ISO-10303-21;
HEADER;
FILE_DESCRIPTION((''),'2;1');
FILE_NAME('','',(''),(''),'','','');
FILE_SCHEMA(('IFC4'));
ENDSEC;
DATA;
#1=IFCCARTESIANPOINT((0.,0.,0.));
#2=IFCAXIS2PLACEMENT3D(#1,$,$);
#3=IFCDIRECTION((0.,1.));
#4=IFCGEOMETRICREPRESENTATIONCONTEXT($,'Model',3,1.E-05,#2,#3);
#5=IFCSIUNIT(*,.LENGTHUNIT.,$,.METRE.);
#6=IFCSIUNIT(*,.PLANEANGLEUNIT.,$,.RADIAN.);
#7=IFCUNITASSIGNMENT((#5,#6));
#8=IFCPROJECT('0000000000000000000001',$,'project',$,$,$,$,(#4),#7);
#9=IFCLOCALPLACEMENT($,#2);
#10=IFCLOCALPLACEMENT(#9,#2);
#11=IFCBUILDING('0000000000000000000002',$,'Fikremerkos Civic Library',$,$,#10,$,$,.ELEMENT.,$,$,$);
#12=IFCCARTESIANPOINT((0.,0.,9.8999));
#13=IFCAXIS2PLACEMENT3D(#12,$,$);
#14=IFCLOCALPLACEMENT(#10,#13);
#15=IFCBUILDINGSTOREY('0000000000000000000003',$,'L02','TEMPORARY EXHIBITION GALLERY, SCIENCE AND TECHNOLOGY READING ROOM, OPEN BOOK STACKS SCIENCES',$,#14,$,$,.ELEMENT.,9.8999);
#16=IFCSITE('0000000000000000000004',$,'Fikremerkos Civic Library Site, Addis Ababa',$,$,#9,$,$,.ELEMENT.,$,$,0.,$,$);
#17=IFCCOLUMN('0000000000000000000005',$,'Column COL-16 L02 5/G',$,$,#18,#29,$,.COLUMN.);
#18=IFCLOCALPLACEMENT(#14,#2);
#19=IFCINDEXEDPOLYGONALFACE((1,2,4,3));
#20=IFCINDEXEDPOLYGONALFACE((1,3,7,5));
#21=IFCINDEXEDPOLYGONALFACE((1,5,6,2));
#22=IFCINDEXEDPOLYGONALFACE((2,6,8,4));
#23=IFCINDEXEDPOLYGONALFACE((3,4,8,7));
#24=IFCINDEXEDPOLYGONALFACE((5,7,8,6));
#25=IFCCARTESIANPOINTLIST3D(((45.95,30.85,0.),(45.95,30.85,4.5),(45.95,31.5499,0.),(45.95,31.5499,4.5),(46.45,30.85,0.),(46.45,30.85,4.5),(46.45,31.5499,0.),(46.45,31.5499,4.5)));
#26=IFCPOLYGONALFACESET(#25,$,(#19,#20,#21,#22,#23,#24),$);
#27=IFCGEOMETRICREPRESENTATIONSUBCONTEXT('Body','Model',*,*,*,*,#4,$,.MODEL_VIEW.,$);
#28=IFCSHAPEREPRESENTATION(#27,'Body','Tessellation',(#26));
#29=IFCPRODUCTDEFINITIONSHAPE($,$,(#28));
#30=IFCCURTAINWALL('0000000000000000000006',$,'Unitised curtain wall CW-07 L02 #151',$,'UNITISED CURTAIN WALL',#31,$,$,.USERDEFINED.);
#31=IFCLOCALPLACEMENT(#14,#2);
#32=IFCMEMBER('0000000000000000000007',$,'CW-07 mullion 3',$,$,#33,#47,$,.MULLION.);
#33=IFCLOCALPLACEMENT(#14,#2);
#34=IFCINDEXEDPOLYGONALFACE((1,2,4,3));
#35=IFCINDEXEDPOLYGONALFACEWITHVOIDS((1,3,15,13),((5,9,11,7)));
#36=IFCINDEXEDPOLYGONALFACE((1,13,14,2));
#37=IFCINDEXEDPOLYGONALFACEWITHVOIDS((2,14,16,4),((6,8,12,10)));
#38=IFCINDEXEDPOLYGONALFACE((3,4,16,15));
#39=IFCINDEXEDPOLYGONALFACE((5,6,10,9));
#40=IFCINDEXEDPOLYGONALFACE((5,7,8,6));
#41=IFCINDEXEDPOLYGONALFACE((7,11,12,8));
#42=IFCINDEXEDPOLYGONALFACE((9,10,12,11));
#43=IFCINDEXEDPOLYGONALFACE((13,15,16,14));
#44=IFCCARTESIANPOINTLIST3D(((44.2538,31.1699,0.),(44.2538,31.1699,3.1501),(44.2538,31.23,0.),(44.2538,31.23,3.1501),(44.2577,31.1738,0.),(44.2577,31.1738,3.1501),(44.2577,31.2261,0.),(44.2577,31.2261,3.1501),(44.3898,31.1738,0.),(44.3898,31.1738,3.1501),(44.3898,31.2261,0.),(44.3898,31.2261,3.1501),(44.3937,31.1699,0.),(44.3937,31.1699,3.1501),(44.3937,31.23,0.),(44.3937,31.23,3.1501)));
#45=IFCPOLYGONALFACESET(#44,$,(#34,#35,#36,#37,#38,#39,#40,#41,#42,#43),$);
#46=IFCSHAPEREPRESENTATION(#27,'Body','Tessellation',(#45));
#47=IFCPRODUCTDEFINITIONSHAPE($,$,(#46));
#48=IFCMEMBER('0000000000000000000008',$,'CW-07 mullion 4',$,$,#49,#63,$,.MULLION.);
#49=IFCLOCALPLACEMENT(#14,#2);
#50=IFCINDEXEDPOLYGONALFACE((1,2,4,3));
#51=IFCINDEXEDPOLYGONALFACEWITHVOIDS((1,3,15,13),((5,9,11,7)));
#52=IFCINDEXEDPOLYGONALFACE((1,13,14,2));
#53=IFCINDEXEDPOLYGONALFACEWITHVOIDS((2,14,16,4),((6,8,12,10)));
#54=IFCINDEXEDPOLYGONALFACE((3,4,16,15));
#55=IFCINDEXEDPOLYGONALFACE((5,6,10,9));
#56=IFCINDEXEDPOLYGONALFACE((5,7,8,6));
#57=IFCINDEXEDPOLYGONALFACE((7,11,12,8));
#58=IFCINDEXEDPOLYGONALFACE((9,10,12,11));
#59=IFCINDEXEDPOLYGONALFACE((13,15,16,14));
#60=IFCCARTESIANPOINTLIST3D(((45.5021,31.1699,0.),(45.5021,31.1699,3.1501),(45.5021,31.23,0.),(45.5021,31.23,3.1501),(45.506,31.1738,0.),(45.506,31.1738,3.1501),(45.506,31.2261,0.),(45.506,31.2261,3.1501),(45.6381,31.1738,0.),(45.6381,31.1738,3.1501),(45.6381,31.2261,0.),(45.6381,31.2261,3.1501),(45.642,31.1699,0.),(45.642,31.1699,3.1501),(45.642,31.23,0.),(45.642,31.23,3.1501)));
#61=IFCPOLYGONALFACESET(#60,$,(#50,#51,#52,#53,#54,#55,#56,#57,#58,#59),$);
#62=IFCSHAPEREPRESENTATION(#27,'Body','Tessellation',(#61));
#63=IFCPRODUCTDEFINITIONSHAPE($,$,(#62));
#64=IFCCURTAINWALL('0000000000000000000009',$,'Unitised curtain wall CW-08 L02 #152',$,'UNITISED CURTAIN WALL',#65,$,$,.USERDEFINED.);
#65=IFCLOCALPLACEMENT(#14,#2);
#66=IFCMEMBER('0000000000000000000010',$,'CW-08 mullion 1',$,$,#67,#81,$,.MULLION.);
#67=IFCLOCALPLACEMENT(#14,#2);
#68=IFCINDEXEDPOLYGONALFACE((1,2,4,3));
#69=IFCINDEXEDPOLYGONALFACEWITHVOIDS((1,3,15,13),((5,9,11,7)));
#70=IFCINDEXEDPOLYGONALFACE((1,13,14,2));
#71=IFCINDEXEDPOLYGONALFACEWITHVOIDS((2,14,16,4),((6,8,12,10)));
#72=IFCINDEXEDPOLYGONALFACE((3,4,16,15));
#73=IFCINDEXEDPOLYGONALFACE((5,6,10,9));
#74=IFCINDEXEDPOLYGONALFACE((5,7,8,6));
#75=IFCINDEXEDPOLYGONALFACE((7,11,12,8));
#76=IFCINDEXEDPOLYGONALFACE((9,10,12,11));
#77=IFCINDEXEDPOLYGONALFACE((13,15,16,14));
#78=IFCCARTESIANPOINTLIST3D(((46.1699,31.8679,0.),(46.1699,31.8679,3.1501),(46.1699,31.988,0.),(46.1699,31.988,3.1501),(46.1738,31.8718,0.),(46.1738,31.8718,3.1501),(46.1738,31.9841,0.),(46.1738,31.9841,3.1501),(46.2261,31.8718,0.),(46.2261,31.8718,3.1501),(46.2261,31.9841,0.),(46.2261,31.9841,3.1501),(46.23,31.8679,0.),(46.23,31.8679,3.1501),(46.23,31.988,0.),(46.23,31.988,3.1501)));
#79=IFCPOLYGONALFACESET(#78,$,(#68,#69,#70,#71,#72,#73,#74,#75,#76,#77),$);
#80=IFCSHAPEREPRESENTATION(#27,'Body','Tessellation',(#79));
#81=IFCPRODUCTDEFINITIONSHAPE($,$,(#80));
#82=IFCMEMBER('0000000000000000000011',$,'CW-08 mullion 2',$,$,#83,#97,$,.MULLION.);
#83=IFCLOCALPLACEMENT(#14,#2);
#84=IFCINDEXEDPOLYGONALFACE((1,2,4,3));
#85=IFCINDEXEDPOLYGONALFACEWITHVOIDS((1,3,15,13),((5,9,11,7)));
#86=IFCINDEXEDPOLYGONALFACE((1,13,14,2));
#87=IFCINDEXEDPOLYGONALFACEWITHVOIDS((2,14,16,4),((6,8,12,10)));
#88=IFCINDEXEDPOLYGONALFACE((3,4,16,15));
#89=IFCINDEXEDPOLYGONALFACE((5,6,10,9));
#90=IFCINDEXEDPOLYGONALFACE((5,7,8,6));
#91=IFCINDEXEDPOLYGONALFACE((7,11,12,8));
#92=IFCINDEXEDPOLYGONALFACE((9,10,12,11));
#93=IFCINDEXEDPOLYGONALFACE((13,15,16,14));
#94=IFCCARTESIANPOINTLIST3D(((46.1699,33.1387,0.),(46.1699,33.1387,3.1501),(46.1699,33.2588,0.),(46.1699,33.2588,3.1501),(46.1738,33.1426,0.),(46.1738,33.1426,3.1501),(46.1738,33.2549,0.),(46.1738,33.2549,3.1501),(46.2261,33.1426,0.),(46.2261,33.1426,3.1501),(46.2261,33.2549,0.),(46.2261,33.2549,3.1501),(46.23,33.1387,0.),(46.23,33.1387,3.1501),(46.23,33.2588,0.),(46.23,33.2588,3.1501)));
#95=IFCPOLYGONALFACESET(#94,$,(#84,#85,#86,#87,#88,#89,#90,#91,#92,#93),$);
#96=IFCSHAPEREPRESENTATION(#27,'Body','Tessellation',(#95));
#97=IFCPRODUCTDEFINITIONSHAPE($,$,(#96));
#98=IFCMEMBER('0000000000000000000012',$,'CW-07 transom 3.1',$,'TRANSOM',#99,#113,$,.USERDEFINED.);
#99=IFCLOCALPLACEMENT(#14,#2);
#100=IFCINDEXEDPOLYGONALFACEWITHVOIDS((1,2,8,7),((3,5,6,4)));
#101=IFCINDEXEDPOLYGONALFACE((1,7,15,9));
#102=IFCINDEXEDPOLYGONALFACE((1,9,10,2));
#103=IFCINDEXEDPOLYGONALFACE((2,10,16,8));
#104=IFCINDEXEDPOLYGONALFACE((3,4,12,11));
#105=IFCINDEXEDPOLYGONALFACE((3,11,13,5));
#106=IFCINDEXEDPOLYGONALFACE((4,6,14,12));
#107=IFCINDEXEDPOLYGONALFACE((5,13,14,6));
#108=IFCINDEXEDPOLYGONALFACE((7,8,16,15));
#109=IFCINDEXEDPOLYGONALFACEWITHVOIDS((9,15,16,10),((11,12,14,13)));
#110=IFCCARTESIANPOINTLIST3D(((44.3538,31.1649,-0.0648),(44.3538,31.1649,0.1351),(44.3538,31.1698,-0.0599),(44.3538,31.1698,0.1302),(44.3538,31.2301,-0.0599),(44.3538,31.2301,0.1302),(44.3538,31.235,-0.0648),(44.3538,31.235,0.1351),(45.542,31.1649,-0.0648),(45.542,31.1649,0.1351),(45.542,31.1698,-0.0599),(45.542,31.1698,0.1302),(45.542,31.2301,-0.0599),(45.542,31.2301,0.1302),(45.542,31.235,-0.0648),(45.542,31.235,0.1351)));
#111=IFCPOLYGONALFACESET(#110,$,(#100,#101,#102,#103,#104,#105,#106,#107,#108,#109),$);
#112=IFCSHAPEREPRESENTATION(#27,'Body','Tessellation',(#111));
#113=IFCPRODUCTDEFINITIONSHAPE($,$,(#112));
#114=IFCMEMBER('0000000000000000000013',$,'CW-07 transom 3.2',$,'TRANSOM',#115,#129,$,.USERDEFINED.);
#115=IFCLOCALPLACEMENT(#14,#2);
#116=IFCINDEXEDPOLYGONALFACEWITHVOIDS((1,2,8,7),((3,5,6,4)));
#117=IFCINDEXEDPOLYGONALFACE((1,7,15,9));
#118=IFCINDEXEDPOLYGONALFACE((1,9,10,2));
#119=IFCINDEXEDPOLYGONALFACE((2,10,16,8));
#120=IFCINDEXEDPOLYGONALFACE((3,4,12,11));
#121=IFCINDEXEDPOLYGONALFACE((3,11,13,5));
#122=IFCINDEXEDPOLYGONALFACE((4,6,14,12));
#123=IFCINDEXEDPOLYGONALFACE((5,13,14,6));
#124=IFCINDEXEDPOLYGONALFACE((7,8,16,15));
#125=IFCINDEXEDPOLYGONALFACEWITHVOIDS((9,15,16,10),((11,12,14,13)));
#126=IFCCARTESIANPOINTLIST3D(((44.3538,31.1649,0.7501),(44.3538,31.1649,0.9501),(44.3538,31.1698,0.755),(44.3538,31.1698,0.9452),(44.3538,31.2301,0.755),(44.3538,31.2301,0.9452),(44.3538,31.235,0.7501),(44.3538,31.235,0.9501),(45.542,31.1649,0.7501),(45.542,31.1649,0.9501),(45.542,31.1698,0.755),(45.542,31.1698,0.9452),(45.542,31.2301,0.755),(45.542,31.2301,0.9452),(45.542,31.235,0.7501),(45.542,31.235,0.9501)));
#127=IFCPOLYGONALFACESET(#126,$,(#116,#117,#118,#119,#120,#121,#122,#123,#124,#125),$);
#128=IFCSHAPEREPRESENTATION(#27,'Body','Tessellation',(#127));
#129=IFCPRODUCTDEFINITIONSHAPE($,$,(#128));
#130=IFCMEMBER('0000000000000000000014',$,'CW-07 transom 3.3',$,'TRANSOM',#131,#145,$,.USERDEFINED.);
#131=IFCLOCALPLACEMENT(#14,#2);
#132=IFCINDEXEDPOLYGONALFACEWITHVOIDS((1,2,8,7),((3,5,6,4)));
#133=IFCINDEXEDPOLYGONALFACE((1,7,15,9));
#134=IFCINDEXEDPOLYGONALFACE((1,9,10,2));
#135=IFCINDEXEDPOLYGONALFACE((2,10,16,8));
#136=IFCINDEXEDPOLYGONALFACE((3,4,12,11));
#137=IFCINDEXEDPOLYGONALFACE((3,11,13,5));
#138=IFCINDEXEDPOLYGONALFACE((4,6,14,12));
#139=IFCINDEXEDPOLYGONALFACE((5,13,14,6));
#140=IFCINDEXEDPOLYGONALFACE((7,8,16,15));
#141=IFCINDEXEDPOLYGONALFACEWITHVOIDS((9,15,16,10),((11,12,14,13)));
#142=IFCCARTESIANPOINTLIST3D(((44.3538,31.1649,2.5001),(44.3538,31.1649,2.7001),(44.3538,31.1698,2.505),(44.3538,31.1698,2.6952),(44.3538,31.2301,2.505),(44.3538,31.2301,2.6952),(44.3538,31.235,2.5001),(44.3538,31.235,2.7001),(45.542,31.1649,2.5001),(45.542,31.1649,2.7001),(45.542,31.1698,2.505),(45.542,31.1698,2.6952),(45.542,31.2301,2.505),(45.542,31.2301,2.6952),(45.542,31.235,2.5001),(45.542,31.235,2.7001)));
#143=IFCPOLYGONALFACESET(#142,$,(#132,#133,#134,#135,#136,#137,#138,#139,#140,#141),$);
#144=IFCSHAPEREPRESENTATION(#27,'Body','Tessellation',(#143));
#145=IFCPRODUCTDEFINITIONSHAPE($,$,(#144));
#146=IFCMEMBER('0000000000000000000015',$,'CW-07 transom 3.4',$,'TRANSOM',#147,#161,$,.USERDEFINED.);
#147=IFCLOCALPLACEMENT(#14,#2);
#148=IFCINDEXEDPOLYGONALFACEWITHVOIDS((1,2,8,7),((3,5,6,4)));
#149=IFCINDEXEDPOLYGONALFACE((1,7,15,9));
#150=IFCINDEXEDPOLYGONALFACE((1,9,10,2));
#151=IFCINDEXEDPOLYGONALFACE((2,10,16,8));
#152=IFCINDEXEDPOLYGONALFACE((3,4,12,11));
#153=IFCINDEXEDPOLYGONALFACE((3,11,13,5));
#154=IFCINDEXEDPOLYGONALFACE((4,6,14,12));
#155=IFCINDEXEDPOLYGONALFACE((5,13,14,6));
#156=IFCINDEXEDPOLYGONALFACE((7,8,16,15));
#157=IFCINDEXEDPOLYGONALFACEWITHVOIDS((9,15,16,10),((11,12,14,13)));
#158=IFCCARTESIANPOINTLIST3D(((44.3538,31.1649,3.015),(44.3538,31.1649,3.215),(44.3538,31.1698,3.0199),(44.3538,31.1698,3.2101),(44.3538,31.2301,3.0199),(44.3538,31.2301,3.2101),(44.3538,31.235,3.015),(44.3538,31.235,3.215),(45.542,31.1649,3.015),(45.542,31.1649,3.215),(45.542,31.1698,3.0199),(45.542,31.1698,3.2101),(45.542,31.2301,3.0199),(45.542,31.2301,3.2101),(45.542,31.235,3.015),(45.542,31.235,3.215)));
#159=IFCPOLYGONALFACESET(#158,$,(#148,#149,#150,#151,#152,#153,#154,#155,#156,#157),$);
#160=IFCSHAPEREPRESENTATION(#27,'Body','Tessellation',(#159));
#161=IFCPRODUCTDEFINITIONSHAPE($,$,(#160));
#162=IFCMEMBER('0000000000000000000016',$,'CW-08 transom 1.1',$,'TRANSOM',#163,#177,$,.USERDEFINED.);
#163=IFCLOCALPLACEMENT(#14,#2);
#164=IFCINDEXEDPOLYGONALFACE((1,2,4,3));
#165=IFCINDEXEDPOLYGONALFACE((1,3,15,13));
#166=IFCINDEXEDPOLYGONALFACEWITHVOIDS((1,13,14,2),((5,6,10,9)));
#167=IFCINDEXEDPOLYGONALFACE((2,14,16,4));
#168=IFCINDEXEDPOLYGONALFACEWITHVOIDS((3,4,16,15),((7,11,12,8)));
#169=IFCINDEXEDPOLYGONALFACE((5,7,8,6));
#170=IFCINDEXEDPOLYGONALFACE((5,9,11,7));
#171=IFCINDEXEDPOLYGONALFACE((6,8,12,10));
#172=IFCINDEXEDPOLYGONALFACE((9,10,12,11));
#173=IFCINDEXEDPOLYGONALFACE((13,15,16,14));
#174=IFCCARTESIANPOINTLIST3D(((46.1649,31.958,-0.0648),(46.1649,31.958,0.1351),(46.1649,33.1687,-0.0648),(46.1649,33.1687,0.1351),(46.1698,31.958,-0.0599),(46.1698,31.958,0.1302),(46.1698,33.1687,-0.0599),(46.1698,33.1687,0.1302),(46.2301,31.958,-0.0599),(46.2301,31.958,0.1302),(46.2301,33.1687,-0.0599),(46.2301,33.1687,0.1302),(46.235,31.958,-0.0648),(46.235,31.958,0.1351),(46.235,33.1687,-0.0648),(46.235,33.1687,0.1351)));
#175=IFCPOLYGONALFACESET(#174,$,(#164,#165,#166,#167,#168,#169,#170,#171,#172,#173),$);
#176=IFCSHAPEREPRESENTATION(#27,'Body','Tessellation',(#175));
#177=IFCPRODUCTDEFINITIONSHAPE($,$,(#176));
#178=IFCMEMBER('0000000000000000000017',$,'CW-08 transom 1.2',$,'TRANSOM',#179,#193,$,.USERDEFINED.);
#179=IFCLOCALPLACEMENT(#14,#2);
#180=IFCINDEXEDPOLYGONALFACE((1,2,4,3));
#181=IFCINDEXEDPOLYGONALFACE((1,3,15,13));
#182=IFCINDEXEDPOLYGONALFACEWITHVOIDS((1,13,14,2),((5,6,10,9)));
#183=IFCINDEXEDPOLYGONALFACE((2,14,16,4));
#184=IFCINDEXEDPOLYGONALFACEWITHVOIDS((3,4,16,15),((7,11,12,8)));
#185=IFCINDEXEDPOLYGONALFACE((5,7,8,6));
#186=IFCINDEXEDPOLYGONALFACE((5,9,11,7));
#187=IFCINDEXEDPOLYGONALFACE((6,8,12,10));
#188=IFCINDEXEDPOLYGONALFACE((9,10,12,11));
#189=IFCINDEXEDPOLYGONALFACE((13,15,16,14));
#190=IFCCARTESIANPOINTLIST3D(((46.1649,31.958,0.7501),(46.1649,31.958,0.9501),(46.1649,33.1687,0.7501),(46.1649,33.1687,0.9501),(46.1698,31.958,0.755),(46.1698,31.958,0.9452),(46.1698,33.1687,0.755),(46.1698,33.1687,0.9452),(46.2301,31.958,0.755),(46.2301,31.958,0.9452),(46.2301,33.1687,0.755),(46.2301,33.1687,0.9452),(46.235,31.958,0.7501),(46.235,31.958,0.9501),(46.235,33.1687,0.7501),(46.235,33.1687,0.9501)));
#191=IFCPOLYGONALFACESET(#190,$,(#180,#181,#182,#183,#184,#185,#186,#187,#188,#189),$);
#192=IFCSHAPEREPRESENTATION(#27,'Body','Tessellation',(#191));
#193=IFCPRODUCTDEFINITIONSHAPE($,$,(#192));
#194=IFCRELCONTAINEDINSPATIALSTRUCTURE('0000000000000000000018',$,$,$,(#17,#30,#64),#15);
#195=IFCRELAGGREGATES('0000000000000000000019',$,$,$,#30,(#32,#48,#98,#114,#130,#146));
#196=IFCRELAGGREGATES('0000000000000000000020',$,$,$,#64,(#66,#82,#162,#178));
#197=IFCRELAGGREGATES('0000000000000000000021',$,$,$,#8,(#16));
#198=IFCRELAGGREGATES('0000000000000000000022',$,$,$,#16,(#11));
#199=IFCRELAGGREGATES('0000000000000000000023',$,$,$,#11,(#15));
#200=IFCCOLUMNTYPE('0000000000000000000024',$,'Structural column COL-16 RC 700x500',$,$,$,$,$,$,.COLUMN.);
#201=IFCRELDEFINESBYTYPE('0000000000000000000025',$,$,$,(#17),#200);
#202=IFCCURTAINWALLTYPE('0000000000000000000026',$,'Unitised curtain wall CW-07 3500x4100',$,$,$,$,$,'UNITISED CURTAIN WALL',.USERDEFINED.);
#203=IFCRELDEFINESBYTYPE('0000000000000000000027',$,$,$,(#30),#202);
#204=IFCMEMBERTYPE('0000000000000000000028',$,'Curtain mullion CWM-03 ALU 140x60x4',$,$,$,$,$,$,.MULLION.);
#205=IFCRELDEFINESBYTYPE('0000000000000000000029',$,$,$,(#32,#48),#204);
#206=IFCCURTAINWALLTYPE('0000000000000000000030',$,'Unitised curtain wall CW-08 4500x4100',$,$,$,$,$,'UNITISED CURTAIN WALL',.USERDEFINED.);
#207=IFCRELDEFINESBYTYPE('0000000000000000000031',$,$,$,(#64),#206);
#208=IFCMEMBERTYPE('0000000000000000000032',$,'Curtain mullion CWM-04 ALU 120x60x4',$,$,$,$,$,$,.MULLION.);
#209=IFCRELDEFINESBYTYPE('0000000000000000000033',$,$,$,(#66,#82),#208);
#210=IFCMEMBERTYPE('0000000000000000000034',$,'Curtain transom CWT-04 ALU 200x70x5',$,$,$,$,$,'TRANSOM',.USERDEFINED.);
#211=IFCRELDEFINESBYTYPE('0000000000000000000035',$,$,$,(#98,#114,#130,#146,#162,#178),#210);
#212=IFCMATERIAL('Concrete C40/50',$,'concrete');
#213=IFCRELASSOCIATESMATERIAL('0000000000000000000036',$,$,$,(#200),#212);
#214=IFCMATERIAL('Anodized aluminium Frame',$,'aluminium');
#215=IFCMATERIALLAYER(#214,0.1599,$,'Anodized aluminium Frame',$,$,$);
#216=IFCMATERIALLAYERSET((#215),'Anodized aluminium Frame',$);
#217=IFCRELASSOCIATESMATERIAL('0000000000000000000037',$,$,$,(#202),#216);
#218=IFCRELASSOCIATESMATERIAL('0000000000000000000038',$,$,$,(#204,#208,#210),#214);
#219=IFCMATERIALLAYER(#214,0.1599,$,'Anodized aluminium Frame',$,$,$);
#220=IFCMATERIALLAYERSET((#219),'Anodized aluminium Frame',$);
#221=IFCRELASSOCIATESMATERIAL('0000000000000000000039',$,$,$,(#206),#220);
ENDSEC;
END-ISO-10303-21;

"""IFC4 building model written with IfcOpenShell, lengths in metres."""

from ifc_helpers import new_model, si_unit, direction, frame, origin, origin_2d, place, context, subcontext, project, spatial, rectangle, hollow_rectangle, extrude, material, layer, layer_set, material_profile, profile_set, type_object, element, aggregate, save


model = new_model("IFC4")

# Units and contexts
model_context = context("Model", 3, precision=1e-05, world=origin(), true_north=direction((0.0, 1.0)))
body_context = subcontext(model_context, "Body", "Model", "MODEL_VIEW")
ifc_project = project(units=[si_unit("LENGTHUNIT", "METRE"), si_unit("PLANEANGLEUNIT", "RADIAN")], contexts=[model_context])

# Site, building, storey
site_placement = place(None, origin())
site = spatial("IfcSite", under=ifc_project, at=site_placement, Name="Fikremerkos Civic Library Site, Addis Ababa", CompositionType="ELEMENT", RefElevation=0.0)
building_placement = place(site_placement, origin())
building = spatial("IfcBuilding", under=site, at=building_placement, Name="Fikremerkos Civic Library", CompositionType="ELEMENT")
storey_placement = place(building_placement, frame((0.0, 0.0, 9.8999)))
storey = spatial("IfcBuildingStorey", under=building, at=storey_placement, Name="L02", Description="TEMPORARY EXHIBITION GALLERY, SCIENCE AND TECHNOLOGY READING ROOM, OPEN BOOK STACKS SCIENCES", CompositionType="ELEMENT", Elevation=9.8999)

# Column
ifc_material_1 = material(Name="Concrete C40/50", Category="concrete")
ifc_material_profile_1 = material_profile(ifc_material_1, rectangle(XDim=0.7, YDim=0.5, at=origin_2d()), Name="RC 700x500")
ifc_profile_set_1 = profile_set([ifc_material_profile_1], Name="Concrete C40/50")
column_type = type_object("IfcColumnType", Name="Structural column COL-16 RC 700x500", PredefinedType="COLUMN", material=ifc_profile_set_1)
column_placement = place(storey_placement, frame((46.2, 31.2, 0.0), z_axis=(0.0, 0.0, 1.0), x_axis=(0.0, 1.0, 0.0)))
element("IfcColumn", 1, at=column_placement, inside=storey, type_object=column_type, Name="Column COL-16 L02 5/G", PredefinedType="COLUMN", context=body_context, shape_type="SweptSolid", body=[
    extrude(rectangle(XDim=0.7, YDim=0.5, at=origin_2d()), origin(), (0.0, 0.0, 1.0), 4.5),
])

# Curtain walls, members
ifc_material_2 = material(Name="Anodized aluminium Frame", Category="aluminium")
ifc_layer_1 = layer(ifc_material_2, 0.1599, Name="Anodized aluminium Frame")
ifc_layer_set_1 = layer_set([ifc_layer_1], Name="Anodized aluminium Frame")
curtain_wall_type_1 = type_object("IfcCurtainWallType", Name="Unitised curtain wall CW-07 3500x4100", ElementType="UNITISED CURTAIN WALL", PredefinedType="USERDEFINED", material=ifc_layer_set_1)
curtain_wall_1_placement = place(storey_placement, origin())
curtain_wall_1 = element("IfcCurtainWall", 2, at=curtain_wall_1_placement, inside=storey, type_object=curtain_wall_type_1, Name="Unitised curtain wall CW-07 L02 #151", ObjectType="UNITISED CURTAIN WALL", PredefinedType="USERDEFINED")
ifc_material_profile_2 = material_profile(ifc_material_2, hollow_rectangle(XDim=0.0601, YDim=0.1399, WallThickness=0.0039, at=origin_2d()), Name="ALU 140x60x4")
ifc_profile_set_2 = profile_set([ifc_material_profile_2], Name="Anodized aluminium Frame")
member_type_1 = type_object("IfcMemberType", Name="Curtain mullion CWM-03 ALU 140x60x4", PredefinedType="MULLION", material=ifc_profile_set_2)
member_1_placement = place(storey_placement, frame((44.3237, 31.2, 0.0), z_axis=(0.0, 0.0, 1.0), x_axis=(0.0, 1.0, 0.0)))
member_1 = element("IfcMember", 3, at=member_1_placement, type_object=member_type_1, Name="CW-07 mullion 3", PredefinedType="MULLION", context=body_context, shape_type="SweptSolid", body=[
    extrude(hollow_rectangle(XDim=0.0601, YDim=0.1399, WallThickness=0.0039, at=origin_2d()), origin(), (0.0, 0.0, 1.0), 3.1501),
])
member_2_placement = place(storey_placement, frame((45.572, 31.2, 0.0), z_axis=(0.0, 0.0, 1.0), x_axis=(0.0, 1.0, 0.0)))
member_2 = element("IfcMember", 4, at=member_2_placement, type_object=member_type_1, Name="CW-07 mullion 4", PredefinedType="MULLION", context=body_context, shape_type="SweptSolid", body=[
    extrude(hollow_rectangle(XDim=0.0601, YDim=0.1399, WallThickness=0.0039, at=origin_2d()), origin(), (0.0, 0.0, 1.0), 3.1501),
])
ifc_layer_2 = layer(ifc_material_2, 0.1599, Name="Anodized aluminium Frame")
ifc_layer_set_2 = layer_set([ifc_layer_2], Name="Anodized aluminium Frame")
curtain_wall_type_2 = type_object("IfcCurtainWallType", Name="Unitised curtain wall CW-08 4500x4100", ElementType="UNITISED CURTAIN WALL", PredefinedType="USERDEFINED", material=ifc_layer_set_2)
curtain_wall_2_placement = place(storey_placement, origin())
curtain_wall_2 = element("IfcCurtainWall", 5, at=curtain_wall_2_placement, inside=storey, type_object=curtain_wall_type_2, Name="Unitised curtain wall CW-08 L02 #152", ObjectType="UNITISED CURTAIN WALL", PredefinedType="USERDEFINED")
ifc_material_profile_3 = material_profile(ifc_material_2, hollow_rectangle(XDim=0.0601, YDim=0.1201, WallThickness=0.0039, at=origin_2d()), Name="ALU 120x60x4")
ifc_profile_set_3 = profile_set([ifc_material_profile_3], Name="Anodized aluminium Frame")
member_type_2 = type_object("IfcMemberType", Name="Curtain mullion CWM-04 ALU 120x60x4", PredefinedType="MULLION", material=ifc_profile_set_3)
member_3_placement = place(storey_placement, frame((46.2, 31.928, 0.0), z_axis=(0.0, 0.0, 1.0), x_axis=(-1.0, 0.0, 0.0)))
member_3 = element("IfcMember", 6, at=member_3_placement, type_object=member_type_2, Name="CW-08 mullion 1", PredefinedType="MULLION", context=body_context, shape_type="SweptSolid", body=[
    extrude(hollow_rectangle(XDim=0.0601, YDim=0.1201, WallThickness=0.0039, at=origin_2d()), origin(), (0.0, 0.0, 1.0), 3.1501),
])
member_4_placement = place(storey_placement, frame((46.2, 33.1987, 0.0), z_axis=(0.0, 0.0, 1.0), x_axis=(-1.0, 0.0, 0.0)))
member_4 = element("IfcMember", 7, at=member_4_placement, type_object=member_type_2, Name="CW-08 mullion 2", PredefinedType="MULLION", context=body_context, shape_type="SweptSolid", body=[
    extrude(hollow_rectangle(XDim=0.0601, YDim=0.1201, WallThickness=0.0039, at=origin_2d()), origin(), (0.0, 0.0, 1.0), 3.1501),
])

# Members
ifc_material_profile_4 = material_profile(ifc_material_2, hollow_rectangle(XDim=0.0701, YDim=0.2, WallThickness=0.0049, at=origin_2d()), Name="ALU 200x70x5")
ifc_profile_set_4 = profile_set([ifc_material_profile_4], Name="Anodized aluminium Frame")
member_type_3 = type_object("IfcMemberType", Name="Curtain transom CWT-04 ALU 200x70x5", ElementType="TRANSOM", PredefinedType="USERDEFINED", material=ifc_profile_set_4)
member_5_placement = place(storey_placement, frame((44.3538, 31.2, 0.0352), z_axis=(1.0, 0.0, 0.0), x_axis=(0.0, 1.0, 0.0)))
member_5 = element("IfcMember", 8, at=member_5_placement, type_object=member_type_3, Name="CW-07 transom 3.1", ObjectType="TRANSOM", PredefinedType="USERDEFINED", context=body_context, shape_type="SweptSolid", body=[
    extrude(hollow_rectangle(XDim=0.0701, YDim=0.2, WallThickness=0.0049, at=origin_2d()), origin(), (0.0, 0.0, 1.0), 1.1882),
])
member_6_placement = place(storey_placement, frame((44.3538, 31.2, 0.8501), z_axis=(1.0, 0.0, 0.0), x_axis=(0.0, 1.0, 0.0)))
member_6 = element("IfcMember", 9, at=member_6_placement, type_object=member_type_3, Name="CW-07 transom 3.2", ObjectType="TRANSOM", PredefinedType="USERDEFINED", context=body_context, shape_type="SweptSolid", body=[
    extrude(hollow_rectangle(XDim=0.0701, YDim=0.2, WallThickness=0.0049, at=origin_2d()), origin(), (0.0, 0.0, 1.0), 1.1882),
])
member_7_placement = place(storey_placement, frame((44.3538, 31.2, 2.6001), z_axis=(1.0, 0.0, 0.0), x_axis=(0.0, 1.0, 0.0)))
member_7 = element("IfcMember", 10, at=member_7_placement, type_object=member_type_3, Name="CW-07 transom 3.3", ObjectType="TRANSOM", PredefinedType="USERDEFINED", context=body_context, shape_type="SweptSolid", body=[
    extrude(hollow_rectangle(XDim=0.0701, YDim=0.2, WallThickness=0.0049, at=origin_2d()), origin(), (0.0, 0.0, 1.0), 1.1882),
])
member_8_placement = place(storey_placement, frame((44.3538, 31.2, 3.115), z_axis=(1.0, 0.0, 0.0), x_axis=(0.0, 1.0, 0.0)))
member_8 = element("IfcMember", 11, at=member_8_placement, type_object=member_type_3, Name="CW-07 transom 3.4", ObjectType="TRANSOM", PredefinedType="USERDEFINED", context=body_context, shape_type="SweptSolid", body=[
    extrude(hollow_rectangle(XDim=0.0701, YDim=0.2, WallThickness=0.0049, at=origin_2d()), origin(), (0.0, 0.0, 1.0), 1.1882),
])
member_9_placement = place(storey_placement, frame((46.2, 31.958, 0.0352), z_axis=(0.0, 1.0, 0.0), x_axis=(-1.0, 0.0, 0.0)))
member_9 = element("IfcMember", 12, at=member_9_placement, type_object=member_type_3, Name="CW-08 transom 1.1", ObjectType="TRANSOM", PredefinedType="USERDEFINED", context=body_context, shape_type="SweptSolid", body=[
    extrude(hollow_rectangle(XDim=0.0701, YDim=0.2, WallThickness=0.0049, at=origin_2d()), origin(), (0.0, 0.0, 1.0), 1.2107),
])
member_10_placement = place(storey_placement, frame((46.2, 31.958, 0.8501), z_axis=(0.0, 1.0, 0.0), x_axis=(-1.0, 0.0, 0.0)))
member_10 = element("IfcMember", 13, at=member_10_placement, type_object=member_type_3, Name="CW-08 transom 1.2", ObjectType="TRANSOM", PredefinedType="USERDEFINED", context=body_context, shape_type="SweptSolid", body=[
    extrude(hollow_rectangle(XDim=0.0701, YDim=0.2, WallThickness=0.0049, at=origin_2d()), origin(), (0.0, 0.0, 1.0), 1.2107),
])

aggregate(curtain_wall_1, [member_1, member_2, member_5, member_6, member_7, member_8])
aggregate(curtain_wall_2, [member_3, member_4, member_9, member_10])

save(model, "model.ifc")
